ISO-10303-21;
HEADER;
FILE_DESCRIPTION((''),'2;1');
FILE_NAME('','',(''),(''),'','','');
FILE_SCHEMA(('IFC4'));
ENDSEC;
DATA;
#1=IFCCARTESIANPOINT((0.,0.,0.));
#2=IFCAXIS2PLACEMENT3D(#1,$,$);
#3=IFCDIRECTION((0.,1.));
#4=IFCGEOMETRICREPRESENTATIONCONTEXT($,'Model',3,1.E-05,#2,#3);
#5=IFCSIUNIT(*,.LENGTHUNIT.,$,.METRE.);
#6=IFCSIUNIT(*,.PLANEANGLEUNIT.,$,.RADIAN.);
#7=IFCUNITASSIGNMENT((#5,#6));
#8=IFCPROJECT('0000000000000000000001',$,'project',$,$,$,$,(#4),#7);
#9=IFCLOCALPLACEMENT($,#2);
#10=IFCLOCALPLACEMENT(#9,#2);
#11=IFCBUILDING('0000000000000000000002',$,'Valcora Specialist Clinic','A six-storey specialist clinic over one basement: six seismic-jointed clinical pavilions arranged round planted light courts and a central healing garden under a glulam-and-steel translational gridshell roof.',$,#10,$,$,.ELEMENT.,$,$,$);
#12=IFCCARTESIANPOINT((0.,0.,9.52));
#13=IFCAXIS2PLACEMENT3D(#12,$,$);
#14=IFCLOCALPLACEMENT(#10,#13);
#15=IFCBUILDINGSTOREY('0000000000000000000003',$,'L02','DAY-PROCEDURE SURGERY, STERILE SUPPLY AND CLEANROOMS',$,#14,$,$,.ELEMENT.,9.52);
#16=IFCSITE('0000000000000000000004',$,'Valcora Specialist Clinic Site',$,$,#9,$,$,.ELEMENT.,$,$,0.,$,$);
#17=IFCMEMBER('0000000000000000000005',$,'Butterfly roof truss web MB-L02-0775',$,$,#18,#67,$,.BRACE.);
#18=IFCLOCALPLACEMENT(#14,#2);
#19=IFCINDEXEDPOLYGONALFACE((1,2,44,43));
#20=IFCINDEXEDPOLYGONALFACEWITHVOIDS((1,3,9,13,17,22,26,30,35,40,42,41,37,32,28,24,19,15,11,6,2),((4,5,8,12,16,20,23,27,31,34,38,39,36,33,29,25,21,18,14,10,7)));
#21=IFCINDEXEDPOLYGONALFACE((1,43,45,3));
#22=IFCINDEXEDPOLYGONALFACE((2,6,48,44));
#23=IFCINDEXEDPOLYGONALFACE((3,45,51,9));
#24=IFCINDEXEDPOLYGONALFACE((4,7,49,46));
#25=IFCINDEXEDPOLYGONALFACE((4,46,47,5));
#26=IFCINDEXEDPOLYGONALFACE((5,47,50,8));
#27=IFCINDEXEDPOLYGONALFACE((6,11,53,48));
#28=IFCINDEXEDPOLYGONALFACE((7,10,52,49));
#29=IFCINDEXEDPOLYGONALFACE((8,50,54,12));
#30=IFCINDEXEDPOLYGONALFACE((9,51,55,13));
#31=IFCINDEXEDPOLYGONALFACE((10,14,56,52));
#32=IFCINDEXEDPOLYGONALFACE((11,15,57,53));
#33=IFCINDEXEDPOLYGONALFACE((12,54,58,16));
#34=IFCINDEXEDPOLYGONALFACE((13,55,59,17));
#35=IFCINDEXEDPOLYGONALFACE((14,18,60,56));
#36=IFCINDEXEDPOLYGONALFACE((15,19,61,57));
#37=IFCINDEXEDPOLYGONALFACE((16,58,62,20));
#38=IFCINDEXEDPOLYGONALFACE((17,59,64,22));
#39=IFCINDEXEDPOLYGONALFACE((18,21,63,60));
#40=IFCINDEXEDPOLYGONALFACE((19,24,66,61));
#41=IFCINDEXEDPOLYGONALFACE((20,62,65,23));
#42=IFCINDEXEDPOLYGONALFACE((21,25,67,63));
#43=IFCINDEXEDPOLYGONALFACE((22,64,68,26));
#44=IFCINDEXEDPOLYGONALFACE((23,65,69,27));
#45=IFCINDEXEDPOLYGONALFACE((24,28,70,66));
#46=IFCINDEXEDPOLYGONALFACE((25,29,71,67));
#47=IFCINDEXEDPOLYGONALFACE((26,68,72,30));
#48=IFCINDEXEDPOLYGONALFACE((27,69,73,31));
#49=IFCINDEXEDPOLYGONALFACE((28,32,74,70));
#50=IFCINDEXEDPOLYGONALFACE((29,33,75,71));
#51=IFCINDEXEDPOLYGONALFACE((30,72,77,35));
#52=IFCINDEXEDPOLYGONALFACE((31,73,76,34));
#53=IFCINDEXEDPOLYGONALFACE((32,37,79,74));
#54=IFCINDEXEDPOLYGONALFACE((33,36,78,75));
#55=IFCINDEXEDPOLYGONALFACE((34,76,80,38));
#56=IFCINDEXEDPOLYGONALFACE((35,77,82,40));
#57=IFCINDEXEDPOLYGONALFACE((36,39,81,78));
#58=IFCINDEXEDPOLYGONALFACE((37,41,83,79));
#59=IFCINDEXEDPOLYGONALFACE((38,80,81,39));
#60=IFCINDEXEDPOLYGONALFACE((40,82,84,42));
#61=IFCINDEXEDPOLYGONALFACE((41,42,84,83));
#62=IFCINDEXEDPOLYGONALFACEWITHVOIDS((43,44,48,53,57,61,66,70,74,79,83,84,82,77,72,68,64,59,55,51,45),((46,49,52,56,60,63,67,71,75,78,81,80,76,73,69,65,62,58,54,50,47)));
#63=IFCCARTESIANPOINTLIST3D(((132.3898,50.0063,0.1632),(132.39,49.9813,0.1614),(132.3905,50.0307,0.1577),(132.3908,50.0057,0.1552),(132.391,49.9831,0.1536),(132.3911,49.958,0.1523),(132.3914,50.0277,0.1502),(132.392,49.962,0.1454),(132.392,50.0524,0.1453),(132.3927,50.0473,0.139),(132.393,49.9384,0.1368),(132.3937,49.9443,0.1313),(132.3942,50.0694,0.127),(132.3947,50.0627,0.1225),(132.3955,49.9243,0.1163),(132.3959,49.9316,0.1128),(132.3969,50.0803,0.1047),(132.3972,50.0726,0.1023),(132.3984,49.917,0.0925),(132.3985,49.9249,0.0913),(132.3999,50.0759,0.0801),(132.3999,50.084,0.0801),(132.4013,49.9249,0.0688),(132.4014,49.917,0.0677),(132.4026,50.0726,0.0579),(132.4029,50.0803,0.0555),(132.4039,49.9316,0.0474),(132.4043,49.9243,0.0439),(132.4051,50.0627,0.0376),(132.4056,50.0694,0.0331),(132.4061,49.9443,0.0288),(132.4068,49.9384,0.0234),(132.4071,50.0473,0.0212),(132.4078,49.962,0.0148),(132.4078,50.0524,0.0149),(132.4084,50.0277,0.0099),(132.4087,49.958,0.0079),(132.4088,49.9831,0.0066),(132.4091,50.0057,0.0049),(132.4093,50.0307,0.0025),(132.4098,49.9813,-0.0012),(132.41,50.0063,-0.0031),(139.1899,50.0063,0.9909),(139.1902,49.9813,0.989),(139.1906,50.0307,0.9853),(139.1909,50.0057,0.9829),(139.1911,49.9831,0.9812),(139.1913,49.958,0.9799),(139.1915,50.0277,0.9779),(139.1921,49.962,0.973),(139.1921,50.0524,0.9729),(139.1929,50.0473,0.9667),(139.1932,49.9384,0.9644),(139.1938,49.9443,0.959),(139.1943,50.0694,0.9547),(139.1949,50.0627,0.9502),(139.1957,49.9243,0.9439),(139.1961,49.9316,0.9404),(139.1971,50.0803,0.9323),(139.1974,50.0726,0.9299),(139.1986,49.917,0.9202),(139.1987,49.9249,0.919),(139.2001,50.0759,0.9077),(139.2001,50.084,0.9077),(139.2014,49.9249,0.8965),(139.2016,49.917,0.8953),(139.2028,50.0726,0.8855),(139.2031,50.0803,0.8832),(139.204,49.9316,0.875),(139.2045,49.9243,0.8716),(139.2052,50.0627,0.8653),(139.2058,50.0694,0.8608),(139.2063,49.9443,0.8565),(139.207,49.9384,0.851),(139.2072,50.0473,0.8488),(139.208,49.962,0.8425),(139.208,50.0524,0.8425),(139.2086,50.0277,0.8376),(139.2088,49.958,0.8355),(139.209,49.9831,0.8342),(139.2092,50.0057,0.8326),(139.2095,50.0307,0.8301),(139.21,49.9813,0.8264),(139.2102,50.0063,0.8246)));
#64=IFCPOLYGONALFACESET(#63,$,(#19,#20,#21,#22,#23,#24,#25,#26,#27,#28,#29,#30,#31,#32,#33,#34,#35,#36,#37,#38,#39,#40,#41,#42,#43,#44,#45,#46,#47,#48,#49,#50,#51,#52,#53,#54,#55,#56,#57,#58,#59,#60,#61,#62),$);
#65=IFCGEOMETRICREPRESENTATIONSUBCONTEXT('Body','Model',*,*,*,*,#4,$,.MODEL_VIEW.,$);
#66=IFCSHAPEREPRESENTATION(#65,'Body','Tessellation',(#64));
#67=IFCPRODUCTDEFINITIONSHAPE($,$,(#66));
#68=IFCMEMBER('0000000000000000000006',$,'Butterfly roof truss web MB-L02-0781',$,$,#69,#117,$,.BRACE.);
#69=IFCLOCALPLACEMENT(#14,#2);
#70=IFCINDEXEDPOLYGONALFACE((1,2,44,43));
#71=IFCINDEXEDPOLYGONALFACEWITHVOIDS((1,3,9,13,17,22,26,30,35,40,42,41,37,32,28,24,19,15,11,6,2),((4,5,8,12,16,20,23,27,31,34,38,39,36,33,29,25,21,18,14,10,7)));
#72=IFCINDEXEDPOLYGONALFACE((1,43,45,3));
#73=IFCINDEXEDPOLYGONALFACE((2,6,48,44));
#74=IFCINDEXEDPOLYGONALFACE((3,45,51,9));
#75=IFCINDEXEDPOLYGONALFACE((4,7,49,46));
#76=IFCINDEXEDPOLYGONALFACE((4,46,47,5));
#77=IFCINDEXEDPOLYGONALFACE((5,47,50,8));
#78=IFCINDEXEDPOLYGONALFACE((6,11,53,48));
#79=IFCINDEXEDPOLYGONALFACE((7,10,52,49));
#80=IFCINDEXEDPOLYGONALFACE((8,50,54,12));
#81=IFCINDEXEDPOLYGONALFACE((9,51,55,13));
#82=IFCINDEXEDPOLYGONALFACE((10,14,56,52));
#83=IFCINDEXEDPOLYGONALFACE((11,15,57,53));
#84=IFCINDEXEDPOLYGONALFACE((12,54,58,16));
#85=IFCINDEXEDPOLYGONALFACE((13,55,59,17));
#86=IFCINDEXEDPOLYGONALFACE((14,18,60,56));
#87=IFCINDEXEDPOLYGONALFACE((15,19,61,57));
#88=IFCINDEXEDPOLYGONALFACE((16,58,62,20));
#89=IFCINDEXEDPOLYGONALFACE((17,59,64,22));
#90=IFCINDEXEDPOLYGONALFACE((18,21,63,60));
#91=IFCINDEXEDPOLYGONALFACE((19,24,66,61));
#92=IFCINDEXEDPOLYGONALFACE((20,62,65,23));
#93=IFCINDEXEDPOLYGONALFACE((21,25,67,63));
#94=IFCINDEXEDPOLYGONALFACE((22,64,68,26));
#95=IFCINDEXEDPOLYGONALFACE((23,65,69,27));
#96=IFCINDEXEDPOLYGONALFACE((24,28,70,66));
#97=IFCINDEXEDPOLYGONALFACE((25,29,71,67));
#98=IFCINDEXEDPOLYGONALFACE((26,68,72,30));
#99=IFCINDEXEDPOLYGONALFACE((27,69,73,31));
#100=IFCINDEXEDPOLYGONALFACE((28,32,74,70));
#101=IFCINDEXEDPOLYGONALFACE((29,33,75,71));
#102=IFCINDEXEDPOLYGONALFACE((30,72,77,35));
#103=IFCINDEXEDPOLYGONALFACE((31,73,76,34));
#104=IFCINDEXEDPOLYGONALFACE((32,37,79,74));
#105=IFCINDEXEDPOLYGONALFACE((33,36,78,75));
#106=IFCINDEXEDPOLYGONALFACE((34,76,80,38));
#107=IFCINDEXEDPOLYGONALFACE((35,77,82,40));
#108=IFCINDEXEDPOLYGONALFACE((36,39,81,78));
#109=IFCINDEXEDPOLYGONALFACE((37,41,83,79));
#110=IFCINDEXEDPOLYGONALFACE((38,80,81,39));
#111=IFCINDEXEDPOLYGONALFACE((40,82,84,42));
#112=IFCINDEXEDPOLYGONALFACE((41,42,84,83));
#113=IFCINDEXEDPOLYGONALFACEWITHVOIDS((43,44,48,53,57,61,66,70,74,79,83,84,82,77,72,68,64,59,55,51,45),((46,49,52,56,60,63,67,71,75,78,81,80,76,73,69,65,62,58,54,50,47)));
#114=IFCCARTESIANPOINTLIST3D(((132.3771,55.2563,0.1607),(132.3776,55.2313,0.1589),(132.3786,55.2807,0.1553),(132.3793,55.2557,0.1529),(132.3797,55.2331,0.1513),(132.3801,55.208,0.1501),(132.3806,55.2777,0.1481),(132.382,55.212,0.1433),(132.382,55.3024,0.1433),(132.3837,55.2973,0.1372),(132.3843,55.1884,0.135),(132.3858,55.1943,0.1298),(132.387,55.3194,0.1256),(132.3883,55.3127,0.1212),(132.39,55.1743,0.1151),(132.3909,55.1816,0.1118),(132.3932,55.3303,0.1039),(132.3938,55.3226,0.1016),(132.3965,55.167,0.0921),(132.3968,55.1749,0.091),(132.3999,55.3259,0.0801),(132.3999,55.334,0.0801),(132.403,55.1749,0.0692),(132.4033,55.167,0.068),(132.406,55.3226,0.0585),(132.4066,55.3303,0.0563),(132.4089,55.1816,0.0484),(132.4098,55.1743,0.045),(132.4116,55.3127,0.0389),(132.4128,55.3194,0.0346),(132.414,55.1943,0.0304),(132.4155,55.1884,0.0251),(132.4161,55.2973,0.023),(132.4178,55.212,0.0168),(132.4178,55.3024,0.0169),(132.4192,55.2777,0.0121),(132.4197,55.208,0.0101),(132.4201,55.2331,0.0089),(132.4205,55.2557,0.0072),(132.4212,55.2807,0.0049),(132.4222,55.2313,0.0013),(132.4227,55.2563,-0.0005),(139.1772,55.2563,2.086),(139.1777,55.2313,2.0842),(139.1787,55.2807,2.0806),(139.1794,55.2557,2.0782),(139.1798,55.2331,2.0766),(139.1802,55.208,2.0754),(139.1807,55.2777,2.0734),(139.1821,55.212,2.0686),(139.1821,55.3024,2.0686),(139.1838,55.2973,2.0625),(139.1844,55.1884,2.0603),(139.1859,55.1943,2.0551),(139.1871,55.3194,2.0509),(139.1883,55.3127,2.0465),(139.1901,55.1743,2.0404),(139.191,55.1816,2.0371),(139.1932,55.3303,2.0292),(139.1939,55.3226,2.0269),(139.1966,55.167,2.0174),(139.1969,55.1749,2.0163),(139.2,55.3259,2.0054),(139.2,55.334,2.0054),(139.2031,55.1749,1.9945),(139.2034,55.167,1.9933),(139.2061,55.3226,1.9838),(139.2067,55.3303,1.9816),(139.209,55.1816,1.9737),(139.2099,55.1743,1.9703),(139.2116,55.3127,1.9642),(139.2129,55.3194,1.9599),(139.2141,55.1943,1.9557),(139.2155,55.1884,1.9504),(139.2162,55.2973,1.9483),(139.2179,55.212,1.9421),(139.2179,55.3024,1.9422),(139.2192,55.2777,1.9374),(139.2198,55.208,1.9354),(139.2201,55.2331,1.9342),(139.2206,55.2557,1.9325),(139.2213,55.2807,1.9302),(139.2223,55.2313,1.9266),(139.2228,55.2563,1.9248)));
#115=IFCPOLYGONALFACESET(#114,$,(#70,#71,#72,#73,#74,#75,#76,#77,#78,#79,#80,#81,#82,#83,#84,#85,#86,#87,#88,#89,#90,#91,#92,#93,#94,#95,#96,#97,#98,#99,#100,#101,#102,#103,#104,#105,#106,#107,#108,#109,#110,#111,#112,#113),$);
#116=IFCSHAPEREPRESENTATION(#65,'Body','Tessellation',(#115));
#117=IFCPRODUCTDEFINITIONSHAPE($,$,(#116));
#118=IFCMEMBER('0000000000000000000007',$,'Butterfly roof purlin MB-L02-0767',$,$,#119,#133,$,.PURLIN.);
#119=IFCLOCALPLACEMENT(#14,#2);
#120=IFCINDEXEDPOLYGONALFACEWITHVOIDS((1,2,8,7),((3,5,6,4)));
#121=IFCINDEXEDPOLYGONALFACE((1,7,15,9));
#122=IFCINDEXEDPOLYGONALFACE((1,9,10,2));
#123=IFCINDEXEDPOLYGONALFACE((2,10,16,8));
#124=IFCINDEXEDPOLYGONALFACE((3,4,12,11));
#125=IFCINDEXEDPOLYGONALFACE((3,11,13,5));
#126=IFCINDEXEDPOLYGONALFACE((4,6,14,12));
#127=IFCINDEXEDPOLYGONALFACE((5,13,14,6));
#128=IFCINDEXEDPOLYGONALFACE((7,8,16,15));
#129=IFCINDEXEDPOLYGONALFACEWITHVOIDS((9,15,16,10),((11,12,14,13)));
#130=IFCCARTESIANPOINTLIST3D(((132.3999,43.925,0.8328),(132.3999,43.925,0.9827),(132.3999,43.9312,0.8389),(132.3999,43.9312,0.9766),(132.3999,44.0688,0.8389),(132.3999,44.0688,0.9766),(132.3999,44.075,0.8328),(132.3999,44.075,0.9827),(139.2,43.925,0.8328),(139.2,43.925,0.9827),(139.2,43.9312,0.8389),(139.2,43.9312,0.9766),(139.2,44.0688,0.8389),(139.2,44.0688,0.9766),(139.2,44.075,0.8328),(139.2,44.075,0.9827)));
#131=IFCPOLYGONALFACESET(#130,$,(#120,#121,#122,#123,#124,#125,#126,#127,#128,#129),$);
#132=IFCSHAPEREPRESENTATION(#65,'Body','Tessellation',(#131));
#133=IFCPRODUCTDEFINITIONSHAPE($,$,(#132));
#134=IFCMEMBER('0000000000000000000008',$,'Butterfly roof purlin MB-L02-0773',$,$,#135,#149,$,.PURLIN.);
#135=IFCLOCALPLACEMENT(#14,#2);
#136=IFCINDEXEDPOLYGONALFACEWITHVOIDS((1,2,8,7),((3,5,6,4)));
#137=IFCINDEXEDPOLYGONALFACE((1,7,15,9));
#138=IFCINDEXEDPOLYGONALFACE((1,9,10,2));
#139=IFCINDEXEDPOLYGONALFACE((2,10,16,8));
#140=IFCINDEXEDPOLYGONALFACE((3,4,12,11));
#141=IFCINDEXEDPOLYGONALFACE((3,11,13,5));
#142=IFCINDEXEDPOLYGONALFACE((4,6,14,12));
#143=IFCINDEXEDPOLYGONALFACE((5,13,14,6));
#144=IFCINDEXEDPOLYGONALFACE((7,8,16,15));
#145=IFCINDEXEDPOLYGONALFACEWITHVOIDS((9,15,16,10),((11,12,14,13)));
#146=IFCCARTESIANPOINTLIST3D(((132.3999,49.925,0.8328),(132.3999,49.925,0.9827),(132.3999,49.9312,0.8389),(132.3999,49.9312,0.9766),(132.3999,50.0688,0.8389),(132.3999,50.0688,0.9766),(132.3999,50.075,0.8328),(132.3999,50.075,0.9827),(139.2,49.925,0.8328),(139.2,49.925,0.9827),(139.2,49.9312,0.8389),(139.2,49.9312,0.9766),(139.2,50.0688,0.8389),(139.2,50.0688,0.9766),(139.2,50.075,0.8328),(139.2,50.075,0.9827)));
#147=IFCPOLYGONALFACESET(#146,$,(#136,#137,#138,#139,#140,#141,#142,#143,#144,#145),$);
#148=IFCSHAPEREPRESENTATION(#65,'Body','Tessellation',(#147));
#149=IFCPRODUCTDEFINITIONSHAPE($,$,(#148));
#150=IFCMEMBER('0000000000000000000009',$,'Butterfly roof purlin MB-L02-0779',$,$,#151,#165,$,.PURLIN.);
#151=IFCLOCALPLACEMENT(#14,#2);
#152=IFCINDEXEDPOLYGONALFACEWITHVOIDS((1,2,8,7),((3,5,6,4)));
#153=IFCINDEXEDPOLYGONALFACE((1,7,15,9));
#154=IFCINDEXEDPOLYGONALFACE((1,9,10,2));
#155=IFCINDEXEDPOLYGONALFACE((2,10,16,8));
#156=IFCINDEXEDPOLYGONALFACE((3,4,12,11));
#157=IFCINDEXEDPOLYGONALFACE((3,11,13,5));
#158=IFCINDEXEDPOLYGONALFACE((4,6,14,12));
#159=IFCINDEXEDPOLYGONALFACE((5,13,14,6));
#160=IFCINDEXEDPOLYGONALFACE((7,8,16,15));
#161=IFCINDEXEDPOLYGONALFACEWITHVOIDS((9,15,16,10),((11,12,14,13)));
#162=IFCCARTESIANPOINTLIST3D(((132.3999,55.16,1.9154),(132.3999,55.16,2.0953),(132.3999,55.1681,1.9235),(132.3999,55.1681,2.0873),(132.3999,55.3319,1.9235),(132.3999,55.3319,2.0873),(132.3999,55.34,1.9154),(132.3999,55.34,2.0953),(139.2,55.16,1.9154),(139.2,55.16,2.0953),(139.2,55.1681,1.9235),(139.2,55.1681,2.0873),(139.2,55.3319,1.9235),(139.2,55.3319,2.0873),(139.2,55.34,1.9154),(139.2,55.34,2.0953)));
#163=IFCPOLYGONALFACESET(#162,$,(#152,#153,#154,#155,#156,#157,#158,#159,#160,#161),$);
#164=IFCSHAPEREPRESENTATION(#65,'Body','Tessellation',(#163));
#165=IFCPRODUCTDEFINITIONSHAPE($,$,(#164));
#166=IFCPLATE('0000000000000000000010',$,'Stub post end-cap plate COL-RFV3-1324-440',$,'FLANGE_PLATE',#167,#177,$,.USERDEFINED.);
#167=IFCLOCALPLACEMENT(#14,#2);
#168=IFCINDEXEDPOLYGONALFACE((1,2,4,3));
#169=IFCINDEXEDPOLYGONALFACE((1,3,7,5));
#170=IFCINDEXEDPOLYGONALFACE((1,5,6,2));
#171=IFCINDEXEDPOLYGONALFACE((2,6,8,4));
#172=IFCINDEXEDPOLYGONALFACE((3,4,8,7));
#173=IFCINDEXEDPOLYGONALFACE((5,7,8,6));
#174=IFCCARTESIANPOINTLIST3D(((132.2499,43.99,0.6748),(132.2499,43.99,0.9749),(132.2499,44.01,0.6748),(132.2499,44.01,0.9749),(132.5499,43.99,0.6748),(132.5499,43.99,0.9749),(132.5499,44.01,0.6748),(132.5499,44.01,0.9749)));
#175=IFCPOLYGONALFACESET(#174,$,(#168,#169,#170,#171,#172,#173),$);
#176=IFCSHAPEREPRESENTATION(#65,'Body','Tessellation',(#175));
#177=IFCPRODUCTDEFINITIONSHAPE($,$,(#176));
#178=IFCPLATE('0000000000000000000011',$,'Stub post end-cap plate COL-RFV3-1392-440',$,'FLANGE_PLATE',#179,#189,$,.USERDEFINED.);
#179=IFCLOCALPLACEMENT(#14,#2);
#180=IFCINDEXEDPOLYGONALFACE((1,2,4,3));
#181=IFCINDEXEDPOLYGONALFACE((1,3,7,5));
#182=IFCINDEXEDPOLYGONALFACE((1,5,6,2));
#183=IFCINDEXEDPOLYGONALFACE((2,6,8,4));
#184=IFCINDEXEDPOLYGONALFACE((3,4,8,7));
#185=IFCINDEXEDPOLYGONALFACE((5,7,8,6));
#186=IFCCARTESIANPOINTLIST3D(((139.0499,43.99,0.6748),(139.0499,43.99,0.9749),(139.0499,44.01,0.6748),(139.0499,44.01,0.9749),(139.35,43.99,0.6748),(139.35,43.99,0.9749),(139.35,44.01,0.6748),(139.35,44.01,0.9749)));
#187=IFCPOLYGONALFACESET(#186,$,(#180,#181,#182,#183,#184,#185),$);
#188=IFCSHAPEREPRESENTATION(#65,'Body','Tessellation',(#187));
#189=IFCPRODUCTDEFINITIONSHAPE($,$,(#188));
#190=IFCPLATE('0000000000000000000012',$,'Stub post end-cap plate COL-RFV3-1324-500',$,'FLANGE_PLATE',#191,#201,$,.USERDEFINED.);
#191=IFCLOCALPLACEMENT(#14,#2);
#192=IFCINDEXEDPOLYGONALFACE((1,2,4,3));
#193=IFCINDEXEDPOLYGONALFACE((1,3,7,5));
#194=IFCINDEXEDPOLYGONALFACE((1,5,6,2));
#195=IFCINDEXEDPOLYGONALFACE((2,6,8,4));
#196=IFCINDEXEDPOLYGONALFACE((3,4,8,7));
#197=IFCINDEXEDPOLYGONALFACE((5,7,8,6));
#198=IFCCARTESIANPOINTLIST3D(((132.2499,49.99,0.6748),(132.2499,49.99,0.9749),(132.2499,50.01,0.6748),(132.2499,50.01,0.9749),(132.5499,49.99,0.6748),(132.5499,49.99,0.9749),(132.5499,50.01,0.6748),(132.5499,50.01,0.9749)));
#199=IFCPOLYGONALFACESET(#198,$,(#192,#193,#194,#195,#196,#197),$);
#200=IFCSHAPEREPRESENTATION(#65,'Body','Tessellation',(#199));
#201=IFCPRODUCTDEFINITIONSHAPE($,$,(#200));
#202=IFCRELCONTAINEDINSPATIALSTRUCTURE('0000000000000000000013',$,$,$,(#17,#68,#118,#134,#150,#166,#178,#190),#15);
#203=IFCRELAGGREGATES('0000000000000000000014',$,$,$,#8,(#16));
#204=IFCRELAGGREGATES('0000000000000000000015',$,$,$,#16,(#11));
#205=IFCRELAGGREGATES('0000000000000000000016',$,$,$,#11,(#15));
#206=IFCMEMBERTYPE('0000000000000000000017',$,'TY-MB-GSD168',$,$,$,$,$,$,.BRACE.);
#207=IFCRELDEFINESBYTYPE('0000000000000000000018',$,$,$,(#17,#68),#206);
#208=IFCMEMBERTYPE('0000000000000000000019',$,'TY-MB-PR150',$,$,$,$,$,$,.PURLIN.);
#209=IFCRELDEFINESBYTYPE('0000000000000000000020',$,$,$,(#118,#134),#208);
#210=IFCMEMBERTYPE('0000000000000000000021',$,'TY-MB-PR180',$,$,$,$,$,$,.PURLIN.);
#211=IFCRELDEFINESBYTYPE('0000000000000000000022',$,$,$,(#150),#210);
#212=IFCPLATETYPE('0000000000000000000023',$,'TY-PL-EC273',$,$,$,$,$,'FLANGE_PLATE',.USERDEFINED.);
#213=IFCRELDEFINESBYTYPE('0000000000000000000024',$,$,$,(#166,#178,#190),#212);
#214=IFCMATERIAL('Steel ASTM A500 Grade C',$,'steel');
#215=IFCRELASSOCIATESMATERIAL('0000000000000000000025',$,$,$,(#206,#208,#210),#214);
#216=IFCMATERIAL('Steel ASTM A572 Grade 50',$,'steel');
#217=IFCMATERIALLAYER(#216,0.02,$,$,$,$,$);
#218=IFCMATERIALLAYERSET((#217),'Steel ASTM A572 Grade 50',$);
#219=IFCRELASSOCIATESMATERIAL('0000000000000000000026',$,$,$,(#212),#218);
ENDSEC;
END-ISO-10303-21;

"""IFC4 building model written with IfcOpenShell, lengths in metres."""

from ifc_helpers import new_model, si_unit, direction, frame, origin, origin_2d, place, context, subcontext, project, spatial, rectangle, hollow_rectangle, hollow_circle, extrude, material, layer, layer_set, material_profile, profile_set, type_object, element, save


model = new_model("IFC4")

# Units and contexts
model_context = context("Model", 3, precision=1e-05, world=origin(), true_north=direction((0.0, 1.0)))
body_context = subcontext(model_context, "Body", "Model", "MODEL_VIEW")
ifc_project = project(units=[si_unit("LENGTHUNIT", "METRE"), si_unit("PLANEANGLEUNIT", "RADIAN")], contexts=[model_context])

# Site, building, storey
site_placement = place(None, origin())
site = spatial("IfcSite", under=ifc_project, at=site_placement, Name="Valcora Specialist Clinic Site", CompositionType="ELEMENT", RefElevation=0.0)
building_placement = place(site_placement, origin())
building = spatial("IfcBuilding", under=site, at=building_placement, Name="Valcora Specialist Clinic", Description="A six-storey specialist clinic over one basement: six seismic-jointed clinical pavilions arranged round planted light courts and a central healing garden under a glulam-and-steel translational gridshell roof.", CompositionType="ELEMENT")
storey_placement = place(building_placement, frame((0.0, 0.0, 9.52)))
storey = spatial("IfcBuildingStorey", under=building, at=storey_placement, Name="L02", Description="DAY-PROCEDURE SURGERY, STERILE SUPPLY AND CLEANROOMS", CompositionType="ELEMENT", Elevation=9.52)

# Shared definitions
ifc_material_1 = material(Name="Steel ASTM A500 Grade C", Category="steel")

# Members
ifc_material_profile_1 = material_profile(ifc_material_1, hollow_circle(Radius=0.084, WallThickness=0.0081, at=origin_2d()), Name="ST-CHS-168X8")
ifc_profile_set_1 = profile_set([ifc_material_profile_1], Name="Steel ASTM A500 Grade C")
member_type_1 = type_object("IfcMemberType", Name="TY-MB-GSD168", PredefinedType="BRACE", material=ifc_profile_set_1)
for number, where, z_axis, x_axis, name in (
    (1, (132.3999, 50.0, 0.0801), (0.992675, 0.0, 0.120819), (0.0, 1.0, 0.0), "Butterfly roof truss web MB-L02-0775"),
):
    element("IfcMember", number, at=place(storey_placement, frame(where, z_axis=z_axis, x_axis=x_axis)), inside=storey, type_object=member_type_1, Name=name, PredefinedType="BRACE", context=body_context, shape_type="SweptSolid", body=[
        extrude(hollow_circle(Radius=0.084, WallThickness=0.0081, at=origin_2d()), origin(), (0.0, 0.0, 1.0), 6.8503),
    ])
member_1_placement = place(storey_placement, frame((132.3999, 55.25, 0.0801), z_axis=(0.962178, 0.0, 0.272421), x_axis=(0.0, 1.0, 0.0)))
element("IfcMember", 2, at=member_1_placement, inside=storey, type_object=member_type_1, Name="Butterfly roof truss web MB-L02-0781", PredefinedType="BRACE", context=body_context, shape_type="SweptSolid", body=[
    extrude(hollow_circle(Radius=0.084, WallThickness=0.0081, at=origin_2d()), origin(), (0.0, 0.0, 1.0), 7.0674),
])
ifc_material_profile_2 = material_profile(ifc_material_1, hollow_rectangle(XDim=0.1499, YDim=0.1499, WallThickness=0.0061, at=origin_2d()), Name="ST-RHS-150X150X6")
ifc_profile_set_2 = profile_set([ifc_material_profile_2], Name="Steel ASTM A500 Grade C")
member_type_2 = type_object("IfcMemberType", Name="TY-MB-PR150", PredefinedType="PURLIN", material=ifc_profile_set_2)
for number, where, z_axis, x_axis, name in (
    (3, (132.3999, 44.0, 0.9077), (1.0, 0.0, 0.0), (0.0, 1.0, 0.0), "Butterfly roof purlin MB-L02-0767"),
    (4, (132.3999, 50.0, 0.9077), (1.0, 0.0, 0.0), (0.0, 1.0, 0.0), "Butterfly roof purlin MB-L02-0773"),
):
    element("IfcMember", number, at=place(storey_placement, frame(where, z_axis=z_axis, x_axis=x_axis)), inside=storey, type_object=member_type_2, Name=name, PredefinedType="PURLIN", context=body_context, shape_type="SweptSolid", body=[
        extrude(hollow_rectangle(XDim=0.1499, YDim=0.1499, WallThickness=0.0061, at=origin_2d()), origin(), (0.0, 0.0, 1.0), 6.8),
    ])
ifc_material_profile_3 = material_profile(ifc_material_1, hollow_rectangle(XDim=0.1799, YDim=0.1799, WallThickness=0.0081, at=origin_2d()), Name="ST-RHS-180X180X8")
ifc_profile_set_3 = profile_set([ifc_material_profile_3], Name="Steel ASTM A500 Grade C")
member_type_3 = type_object("IfcMemberType", Name="TY-MB-PR180", PredefinedType="PURLIN", material=ifc_profile_set_3)
member_2_placement = place(storey_placement, frame((132.3999, 55.25, 2.0054), z_axis=(1.0, 0.0, 0.0), x_axis=(0.0, 1.0, 0.0)))
element("IfcMember", 5, at=member_2_placement, inside=storey, type_object=member_type_3, Name="Butterfly roof purlin MB-L02-0779", PredefinedType="PURLIN", context=body_context, shape_type="SweptSolid", body=[
    extrude(hollow_rectangle(XDim=0.1799, YDim=0.1799, WallThickness=0.0081, at=origin_2d()), origin(), (0.0, 0.0, 1.0), 6.8),
])

# Plates
ifc_material_2 = material(Name="Steel ASTM A572 Grade 50", Category="steel")
ifc_layer_1 = layer(ifc_material_2, 0.02)
ifc_layer_set_1 = layer_set([ifc_layer_1], Name="Steel ASTM A572 Grade 50")
plate_type = type_object("IfcPlateType", Name="TY-PL-EC273", ElementType="FLANGE_PLATE", PredefinedType="USERDEFINED", material=ifc_layer_set_1)
for number, where, z_axis, x_axis, name in (
    (6, (132.3999, 44.0, 0.6748), (0.0, 0.0, 1.0), (1.0, 0.0, 0.0), "Stub post end-cap plate COL-RFV3-1324-440"),
    (7, (139.2, 44.0, 0.6748), (0.0, 0.0, 1.0), (1.0, 0.0, 0.0), "Stub post end-cap plate COL-RFV3-1392-440"),
    (8, (132.3999, 50.0, 0.6748), (0.0, 0.0, 1.0), (1.0, 0.0, 0.0), "Stub post end-cap plate COL-RFV3-1324-500"),
):
    element("IfcPlate", number, at=place(storey_placement, frame(where, z_axis=z_axis, x_axis=x_axis)), inside=storey, type_object=plate_type, Name=name, ObjectType="FLANGE_PLATE", PredefinedType="USERDEFINED", context=body_context, shape_type="SweptSolid", body=[
        extrude(rectangle(XDim=0.3, YDim=0.02, at=origin_2d()), origin(), (0.0, 0.0, 1.0), 0.3),
    ])

save(model, "model.ifc")
